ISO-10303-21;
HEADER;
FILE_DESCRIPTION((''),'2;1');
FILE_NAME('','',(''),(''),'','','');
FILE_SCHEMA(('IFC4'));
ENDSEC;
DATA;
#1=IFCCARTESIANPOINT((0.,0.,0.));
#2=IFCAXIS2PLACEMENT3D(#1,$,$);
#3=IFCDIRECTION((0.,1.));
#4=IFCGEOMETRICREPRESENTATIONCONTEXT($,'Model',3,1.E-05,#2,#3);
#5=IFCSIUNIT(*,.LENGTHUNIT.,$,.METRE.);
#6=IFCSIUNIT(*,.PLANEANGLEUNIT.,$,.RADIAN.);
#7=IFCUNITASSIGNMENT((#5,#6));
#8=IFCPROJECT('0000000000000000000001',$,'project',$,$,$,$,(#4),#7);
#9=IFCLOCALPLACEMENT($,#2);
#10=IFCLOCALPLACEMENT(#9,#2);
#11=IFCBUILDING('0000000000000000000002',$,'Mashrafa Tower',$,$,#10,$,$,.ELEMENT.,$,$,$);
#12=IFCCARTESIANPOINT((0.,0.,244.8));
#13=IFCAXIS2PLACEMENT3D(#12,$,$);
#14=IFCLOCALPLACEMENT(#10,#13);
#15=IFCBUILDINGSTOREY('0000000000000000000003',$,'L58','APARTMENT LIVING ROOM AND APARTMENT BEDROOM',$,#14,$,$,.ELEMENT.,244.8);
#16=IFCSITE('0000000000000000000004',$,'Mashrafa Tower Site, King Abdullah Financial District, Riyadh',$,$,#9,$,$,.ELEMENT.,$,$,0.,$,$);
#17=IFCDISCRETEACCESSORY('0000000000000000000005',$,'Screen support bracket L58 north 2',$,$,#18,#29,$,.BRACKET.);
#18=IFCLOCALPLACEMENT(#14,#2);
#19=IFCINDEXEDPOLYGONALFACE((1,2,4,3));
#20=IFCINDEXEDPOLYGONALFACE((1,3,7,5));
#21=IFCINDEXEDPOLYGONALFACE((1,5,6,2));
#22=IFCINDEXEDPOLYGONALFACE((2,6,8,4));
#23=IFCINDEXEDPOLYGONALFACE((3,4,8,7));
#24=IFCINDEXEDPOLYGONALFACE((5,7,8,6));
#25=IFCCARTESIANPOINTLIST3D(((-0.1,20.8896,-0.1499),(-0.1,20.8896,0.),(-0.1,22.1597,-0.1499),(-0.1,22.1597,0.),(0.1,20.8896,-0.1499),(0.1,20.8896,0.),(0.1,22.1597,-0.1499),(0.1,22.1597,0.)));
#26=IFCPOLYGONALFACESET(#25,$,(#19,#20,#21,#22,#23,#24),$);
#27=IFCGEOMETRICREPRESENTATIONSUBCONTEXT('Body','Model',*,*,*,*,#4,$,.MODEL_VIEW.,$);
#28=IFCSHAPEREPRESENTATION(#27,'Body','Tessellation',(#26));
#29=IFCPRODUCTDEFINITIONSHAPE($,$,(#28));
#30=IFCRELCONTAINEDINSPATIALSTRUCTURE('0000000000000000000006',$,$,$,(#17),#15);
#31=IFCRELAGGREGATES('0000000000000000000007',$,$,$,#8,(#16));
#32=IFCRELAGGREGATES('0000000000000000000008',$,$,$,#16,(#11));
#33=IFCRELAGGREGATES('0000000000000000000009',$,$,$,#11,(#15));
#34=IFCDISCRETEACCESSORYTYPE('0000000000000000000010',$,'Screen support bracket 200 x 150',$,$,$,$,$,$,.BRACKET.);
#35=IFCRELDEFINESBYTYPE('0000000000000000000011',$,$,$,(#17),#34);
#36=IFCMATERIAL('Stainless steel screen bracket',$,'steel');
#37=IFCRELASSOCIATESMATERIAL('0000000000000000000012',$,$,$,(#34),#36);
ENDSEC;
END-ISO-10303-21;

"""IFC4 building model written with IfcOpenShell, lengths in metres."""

from ifc_helpers import new_model, si_unit, direction, frame, origin, origin_2d, place, context, subcontext, project, spatial, rectangle, extrude, source, transform, mapped, material, type_object, type_shapes, element, save


model = new_model("IFC4")

# Units and contexts
model_context = context("Model", 3, precision=1e-05, world=origin(), true_north=direction((0.0, 1.0)))
body_context = subcontext(model_context, "Body", "Model", "MODEL_VIEW")
ifc_project = project(units=[si_unit("LENGTHUNIT", "METRE"), si_unit("PLANEANGLEUNIT", "RADIAN")], contexts=[model_context])

# Site, building, storey
site_placement = place(None, origin())
site = spatial("IfcSite", under=ifc_project, at=site_placement, Name="Mashrafa Tower Site, King Abdullah Financial District, Riyadh", CompositionType="ELEMENT", RefElevation=0.0)
building_placement = place(site_placement, origin())
building = spatial("IfcBuilding", under=site, at=building_placement, Name="Mashrafa Tower", CompositionType="ELEMENT")
storey_placement = place(building_placement, frame((0.0, 0.0, 244.8)))
storey = spatial("IfcBuildingStorey", under=building, at=storey_placement, Name="L58", Description="APARTMENT LIVING ROOM AND APARTMENT BEDROOM", CompositionType="ELEMENT", Elevation=244.8)

# Discrete accessory
ifc_material_1 = material(Name="Stainless steel screen bracket", Category="steel")
discrete_accessory_type = type_object("IfcDiscreteAccessoryType", Name="Screen support bracket 200 x 150", PredefinedType="BRACKET", material=ifc_material_1)
shared_shape_1 = source(origin(), body_context, "Body", "SweptSolid", [
    extrude(rectangle(XDim=0.2, YDim=1.27, at=origin_2d()), origin(), (0.0, 0.0, 1.0), 0.1499),
])
type_shapes(discrete_accessory_type, [shared_shape_1])
for number, where, z_axis, x_axis, name in (
    (1, (0.0, 21.5247, -0.1499), (0.0, 0.0, 1.0), (-1.0, 0.0, 0.0), "Screen support bracket L58 north 2"),
):
    element("IfcDiscreteAccessory", number, at=place(storey_placement, frame(where, z_axis=z_axis, x_axis=x_axis)), inside=storey, type_object=discrete_accessory_type, Name=name, PredefinedType="BRACKET", context=body_context, shape_type="MappedRepresentation", body=[
        mapped(shared_shape_1, transform((0.0, 0.0, 0.0))),
    ])

save(model, "model.ifc")
